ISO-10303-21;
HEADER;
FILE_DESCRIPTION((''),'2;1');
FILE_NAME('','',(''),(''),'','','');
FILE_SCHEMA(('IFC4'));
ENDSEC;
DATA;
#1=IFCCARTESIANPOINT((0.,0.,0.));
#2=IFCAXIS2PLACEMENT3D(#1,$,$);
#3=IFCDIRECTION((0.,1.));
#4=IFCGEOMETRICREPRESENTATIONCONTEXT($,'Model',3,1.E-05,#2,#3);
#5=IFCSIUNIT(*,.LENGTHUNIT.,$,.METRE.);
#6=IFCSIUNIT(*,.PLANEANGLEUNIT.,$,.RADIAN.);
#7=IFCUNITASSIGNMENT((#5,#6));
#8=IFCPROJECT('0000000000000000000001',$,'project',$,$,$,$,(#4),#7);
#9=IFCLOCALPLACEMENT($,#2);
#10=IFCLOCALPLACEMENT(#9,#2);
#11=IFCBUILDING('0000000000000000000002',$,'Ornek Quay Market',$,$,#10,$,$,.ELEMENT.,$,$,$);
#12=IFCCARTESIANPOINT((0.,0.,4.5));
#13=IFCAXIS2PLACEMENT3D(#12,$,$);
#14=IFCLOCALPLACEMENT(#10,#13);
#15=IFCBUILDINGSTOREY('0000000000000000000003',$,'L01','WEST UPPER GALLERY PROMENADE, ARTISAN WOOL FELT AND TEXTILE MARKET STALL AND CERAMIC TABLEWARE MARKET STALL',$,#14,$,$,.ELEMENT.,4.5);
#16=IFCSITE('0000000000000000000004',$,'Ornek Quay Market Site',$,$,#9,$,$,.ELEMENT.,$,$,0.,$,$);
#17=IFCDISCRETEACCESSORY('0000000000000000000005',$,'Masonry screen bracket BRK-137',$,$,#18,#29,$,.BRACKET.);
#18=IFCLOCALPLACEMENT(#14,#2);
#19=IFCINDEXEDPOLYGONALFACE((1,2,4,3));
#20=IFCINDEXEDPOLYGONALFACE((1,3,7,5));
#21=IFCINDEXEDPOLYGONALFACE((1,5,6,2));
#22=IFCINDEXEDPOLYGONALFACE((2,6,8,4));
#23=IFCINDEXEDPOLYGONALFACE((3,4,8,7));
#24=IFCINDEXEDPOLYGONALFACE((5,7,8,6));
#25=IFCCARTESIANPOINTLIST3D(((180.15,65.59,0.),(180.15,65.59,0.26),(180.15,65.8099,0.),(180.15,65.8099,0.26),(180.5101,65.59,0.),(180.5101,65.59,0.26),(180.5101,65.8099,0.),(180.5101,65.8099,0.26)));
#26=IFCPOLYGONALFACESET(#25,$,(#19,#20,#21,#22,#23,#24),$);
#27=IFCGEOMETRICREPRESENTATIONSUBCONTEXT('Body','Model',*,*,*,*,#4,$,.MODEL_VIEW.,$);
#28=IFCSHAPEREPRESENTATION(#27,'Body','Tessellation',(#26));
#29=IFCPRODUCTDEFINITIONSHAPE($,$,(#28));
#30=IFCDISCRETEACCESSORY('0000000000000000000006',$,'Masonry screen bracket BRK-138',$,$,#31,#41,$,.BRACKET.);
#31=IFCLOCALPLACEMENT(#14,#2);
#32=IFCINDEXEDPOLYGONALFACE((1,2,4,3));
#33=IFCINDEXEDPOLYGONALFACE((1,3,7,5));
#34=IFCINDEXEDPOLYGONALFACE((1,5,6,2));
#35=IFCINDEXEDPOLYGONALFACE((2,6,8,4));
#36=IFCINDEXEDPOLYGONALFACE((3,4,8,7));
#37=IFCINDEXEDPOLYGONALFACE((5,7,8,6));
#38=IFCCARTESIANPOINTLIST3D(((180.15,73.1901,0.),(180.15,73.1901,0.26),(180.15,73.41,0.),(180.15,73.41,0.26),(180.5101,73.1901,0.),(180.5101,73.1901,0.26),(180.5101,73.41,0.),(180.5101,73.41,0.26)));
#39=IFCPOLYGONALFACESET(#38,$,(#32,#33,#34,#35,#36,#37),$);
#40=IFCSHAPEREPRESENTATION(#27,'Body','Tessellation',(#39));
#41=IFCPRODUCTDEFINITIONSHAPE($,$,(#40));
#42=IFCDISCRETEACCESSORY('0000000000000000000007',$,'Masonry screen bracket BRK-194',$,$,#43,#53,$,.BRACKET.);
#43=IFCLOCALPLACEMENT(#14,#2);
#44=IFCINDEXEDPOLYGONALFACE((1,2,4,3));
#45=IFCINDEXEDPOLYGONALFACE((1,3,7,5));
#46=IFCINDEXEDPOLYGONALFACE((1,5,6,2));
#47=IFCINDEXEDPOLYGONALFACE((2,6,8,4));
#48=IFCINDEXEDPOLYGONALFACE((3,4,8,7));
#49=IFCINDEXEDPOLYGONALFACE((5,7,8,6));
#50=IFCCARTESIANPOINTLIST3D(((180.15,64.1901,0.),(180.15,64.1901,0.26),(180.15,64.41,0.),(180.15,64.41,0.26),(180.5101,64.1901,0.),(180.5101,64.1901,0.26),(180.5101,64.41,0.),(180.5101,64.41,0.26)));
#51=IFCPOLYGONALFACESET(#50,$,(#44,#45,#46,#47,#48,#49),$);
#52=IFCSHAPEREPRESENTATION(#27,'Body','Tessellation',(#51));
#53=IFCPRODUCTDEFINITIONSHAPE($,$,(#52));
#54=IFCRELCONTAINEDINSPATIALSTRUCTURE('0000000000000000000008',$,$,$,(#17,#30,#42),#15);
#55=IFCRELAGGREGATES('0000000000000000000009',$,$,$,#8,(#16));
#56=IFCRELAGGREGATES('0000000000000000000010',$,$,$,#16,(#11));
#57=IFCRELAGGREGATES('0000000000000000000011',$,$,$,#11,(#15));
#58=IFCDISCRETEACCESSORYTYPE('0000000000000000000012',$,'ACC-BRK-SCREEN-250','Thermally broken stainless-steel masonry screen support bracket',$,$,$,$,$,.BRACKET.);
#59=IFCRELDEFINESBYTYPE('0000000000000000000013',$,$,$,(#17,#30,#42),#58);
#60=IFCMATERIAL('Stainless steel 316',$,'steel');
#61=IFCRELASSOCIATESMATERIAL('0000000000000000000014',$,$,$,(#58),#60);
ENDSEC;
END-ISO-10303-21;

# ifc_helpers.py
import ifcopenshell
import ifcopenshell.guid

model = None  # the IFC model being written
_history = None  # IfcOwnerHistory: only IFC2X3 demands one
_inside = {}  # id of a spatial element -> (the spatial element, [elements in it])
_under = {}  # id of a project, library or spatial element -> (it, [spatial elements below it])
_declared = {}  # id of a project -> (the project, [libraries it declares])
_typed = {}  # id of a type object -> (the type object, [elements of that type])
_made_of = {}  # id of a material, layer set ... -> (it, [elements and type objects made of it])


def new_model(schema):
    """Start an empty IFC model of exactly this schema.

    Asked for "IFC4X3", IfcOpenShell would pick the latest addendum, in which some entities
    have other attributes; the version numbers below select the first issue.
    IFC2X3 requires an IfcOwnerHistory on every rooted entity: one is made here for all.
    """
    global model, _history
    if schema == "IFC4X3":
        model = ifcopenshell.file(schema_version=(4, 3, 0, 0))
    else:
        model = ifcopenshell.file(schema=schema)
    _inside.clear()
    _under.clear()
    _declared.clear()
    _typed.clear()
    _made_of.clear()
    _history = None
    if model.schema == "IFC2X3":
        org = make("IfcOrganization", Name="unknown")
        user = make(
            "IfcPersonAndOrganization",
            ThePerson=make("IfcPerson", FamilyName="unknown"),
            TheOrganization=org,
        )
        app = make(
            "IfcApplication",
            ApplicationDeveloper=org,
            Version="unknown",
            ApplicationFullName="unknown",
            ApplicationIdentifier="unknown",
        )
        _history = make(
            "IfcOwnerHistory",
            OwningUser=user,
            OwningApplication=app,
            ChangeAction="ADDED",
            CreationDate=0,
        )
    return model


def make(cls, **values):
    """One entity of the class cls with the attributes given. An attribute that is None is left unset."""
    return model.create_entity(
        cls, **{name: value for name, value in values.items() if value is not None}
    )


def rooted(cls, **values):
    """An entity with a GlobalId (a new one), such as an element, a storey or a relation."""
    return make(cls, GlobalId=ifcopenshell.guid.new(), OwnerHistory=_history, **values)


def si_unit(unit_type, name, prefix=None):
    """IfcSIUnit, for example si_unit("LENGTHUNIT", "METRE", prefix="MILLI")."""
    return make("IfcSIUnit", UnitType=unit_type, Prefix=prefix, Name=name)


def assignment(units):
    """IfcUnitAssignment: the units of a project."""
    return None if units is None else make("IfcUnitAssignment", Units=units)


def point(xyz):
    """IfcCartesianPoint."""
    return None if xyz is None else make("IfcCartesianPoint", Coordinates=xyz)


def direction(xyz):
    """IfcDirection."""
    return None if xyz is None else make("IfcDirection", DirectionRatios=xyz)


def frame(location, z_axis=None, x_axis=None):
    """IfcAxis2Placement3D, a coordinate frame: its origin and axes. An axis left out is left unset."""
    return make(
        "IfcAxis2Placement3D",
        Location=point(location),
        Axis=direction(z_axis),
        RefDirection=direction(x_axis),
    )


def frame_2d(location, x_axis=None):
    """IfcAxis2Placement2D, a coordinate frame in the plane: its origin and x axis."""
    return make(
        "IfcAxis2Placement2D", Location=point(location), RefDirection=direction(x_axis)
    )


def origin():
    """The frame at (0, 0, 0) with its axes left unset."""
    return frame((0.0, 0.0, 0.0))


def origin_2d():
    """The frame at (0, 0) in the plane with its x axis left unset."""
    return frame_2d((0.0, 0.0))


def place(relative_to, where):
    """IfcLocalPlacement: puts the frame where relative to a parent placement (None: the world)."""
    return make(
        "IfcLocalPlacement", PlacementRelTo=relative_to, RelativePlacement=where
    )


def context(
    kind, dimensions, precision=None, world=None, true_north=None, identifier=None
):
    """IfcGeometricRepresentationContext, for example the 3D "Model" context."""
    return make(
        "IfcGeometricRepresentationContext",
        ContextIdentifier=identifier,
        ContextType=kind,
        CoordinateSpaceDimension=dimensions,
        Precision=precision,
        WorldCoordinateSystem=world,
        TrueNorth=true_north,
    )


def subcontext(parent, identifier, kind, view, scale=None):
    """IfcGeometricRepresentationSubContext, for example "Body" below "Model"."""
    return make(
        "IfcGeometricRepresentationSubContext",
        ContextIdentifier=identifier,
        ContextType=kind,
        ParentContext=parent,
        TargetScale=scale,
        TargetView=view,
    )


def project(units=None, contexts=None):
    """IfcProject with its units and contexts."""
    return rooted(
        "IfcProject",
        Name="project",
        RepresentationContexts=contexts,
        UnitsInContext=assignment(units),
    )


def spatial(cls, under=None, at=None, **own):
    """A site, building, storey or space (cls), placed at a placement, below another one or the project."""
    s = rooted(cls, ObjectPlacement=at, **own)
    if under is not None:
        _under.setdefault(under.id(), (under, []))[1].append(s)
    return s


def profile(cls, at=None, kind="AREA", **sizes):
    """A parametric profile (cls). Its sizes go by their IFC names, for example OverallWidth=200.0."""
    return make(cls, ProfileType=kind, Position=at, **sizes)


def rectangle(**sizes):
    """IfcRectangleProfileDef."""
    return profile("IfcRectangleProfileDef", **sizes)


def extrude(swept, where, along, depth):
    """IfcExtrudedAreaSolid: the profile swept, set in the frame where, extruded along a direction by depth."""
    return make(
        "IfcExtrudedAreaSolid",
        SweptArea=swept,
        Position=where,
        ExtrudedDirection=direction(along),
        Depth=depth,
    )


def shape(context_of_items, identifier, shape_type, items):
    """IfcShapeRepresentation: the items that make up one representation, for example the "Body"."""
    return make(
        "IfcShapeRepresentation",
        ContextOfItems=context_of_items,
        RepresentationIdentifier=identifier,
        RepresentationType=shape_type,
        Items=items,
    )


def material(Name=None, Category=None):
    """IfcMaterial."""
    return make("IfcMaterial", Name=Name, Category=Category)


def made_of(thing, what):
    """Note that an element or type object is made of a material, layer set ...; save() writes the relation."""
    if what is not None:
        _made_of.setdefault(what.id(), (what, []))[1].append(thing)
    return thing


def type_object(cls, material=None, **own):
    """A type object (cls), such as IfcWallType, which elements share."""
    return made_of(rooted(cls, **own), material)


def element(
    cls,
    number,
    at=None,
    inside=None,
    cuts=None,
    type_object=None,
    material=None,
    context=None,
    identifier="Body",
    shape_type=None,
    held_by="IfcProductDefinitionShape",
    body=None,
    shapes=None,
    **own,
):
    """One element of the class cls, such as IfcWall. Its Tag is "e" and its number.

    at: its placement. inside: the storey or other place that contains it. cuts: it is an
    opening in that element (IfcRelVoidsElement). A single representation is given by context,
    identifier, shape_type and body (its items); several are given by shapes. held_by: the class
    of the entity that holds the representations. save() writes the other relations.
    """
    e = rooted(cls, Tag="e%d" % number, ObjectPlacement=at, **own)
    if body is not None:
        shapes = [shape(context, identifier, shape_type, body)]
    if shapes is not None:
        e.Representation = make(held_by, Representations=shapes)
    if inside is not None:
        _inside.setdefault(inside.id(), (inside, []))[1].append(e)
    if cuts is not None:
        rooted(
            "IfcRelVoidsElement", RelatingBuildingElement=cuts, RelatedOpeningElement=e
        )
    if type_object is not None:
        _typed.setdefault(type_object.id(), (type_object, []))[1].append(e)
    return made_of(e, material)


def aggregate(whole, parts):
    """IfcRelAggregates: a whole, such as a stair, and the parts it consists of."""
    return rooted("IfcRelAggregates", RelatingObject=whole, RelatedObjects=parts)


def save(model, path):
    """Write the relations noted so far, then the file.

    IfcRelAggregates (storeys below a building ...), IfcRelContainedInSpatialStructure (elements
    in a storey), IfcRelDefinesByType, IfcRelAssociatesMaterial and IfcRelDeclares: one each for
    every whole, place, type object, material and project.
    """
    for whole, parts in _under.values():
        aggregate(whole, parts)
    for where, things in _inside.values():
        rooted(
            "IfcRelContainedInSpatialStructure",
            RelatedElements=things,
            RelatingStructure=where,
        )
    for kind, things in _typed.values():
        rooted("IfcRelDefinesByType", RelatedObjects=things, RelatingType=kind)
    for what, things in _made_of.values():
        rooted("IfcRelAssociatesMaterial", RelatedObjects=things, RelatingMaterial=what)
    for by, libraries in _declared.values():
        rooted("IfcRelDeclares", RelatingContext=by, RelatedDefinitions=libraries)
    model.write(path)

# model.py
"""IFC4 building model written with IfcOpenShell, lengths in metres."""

from ifc_helpers import new_model, si_unit, direction, frame, origin, origin_2d, place, context, subcontext, project, spatial, rectangle, extrude, material, type_object, element, save


model = new_model("IFC4")

# Units and contexts
model_context = context("Model", 3, precision=1e-05, world=origin(), true_north=direction((0.0, 1.0)))
body_context = subcontext(model_context, "Body", "Model", "MODEL_VIEW")
ifc_project = project(units=[si_unit("LENGTHUNIT", "METRE"), si_unit("PLANEANGLEUNIT", "RADIAN")], contexts=[model_context])

# Site, building, storey
site_placement = place(None, origin())
site = spatial("IfcSite", under=ifc_project, at=site_placement, Name="Ornek Quay Market Site", CompositionType="ELEMENT", RefElevation=0.0)
building_placement = place(site_placement, origin())
building = spatial("IfcBuilding", under=site, at=building_placement, Name="Ornek Quay Market", CompositionType="ELEMENT")
storey_placement = place(building_placement, frame((0.0, 0.0, 4.5)))
storey = spatial("IfcBuildingStorey", under=building, at=storey_placement, Name="L01", Description="WEST UPPER GALLERY PROMENADE, ARTISAN WOOL FELT AND TEXTILE MARKET STALL AND CERAMIC TABLEWARE MARKET STALL", CompositionType="ELEMENT", Elevation=4.5)

# Discrete accessories
ifc_material_1 = material(Name="Stainless steel 316", Category="steel")
discrete_accessory_type = type_object("IfcDiscreteAccessoryType", Name="ACC-BRK-SCREEN-250", Description="Thermally broken stainless-steel masonry screen support bracket", PredefinedType="BRACKET", material=ifc_material_1)
for number, where, z_axis, x_axis, name in (
    (1, (180.3301, 65.7, 0.0), (0.0, 0.0, 1.0), (0.0, 1.0, 0.0), "Masonry screen bracket BRK-137"),
    (2, (180.3301, 73.3, 0.0), (0.0, 0.0, 1.0), (0.0, 1.0, 0.0), "Masonry screen bracket BRK-138"),
    (3, (180.3301, 64.3, 0.0), (0.0, 0.0, 1.0), (0.0, 1.0, 0.0), "Masonry screen bracket BRK-194"),
):
    element("IfcDiscreteAccessory", number, at=place(storey_placement, frame(where, z_axis=z_axis, x_axis=x_axis)), inside=storey, type_object=discrete_accessory_type, Name=name, PredefinedType="BRACKET", context=body_context, shape_type="SweptSolid", body=[
        extrude(rectangle(XDim=0.22, YDim=0.3601, at=origin_2d()), origin(), (0.0, 0.0, 1.0), 0.26),
    ])

save(model, "model.ifc")
